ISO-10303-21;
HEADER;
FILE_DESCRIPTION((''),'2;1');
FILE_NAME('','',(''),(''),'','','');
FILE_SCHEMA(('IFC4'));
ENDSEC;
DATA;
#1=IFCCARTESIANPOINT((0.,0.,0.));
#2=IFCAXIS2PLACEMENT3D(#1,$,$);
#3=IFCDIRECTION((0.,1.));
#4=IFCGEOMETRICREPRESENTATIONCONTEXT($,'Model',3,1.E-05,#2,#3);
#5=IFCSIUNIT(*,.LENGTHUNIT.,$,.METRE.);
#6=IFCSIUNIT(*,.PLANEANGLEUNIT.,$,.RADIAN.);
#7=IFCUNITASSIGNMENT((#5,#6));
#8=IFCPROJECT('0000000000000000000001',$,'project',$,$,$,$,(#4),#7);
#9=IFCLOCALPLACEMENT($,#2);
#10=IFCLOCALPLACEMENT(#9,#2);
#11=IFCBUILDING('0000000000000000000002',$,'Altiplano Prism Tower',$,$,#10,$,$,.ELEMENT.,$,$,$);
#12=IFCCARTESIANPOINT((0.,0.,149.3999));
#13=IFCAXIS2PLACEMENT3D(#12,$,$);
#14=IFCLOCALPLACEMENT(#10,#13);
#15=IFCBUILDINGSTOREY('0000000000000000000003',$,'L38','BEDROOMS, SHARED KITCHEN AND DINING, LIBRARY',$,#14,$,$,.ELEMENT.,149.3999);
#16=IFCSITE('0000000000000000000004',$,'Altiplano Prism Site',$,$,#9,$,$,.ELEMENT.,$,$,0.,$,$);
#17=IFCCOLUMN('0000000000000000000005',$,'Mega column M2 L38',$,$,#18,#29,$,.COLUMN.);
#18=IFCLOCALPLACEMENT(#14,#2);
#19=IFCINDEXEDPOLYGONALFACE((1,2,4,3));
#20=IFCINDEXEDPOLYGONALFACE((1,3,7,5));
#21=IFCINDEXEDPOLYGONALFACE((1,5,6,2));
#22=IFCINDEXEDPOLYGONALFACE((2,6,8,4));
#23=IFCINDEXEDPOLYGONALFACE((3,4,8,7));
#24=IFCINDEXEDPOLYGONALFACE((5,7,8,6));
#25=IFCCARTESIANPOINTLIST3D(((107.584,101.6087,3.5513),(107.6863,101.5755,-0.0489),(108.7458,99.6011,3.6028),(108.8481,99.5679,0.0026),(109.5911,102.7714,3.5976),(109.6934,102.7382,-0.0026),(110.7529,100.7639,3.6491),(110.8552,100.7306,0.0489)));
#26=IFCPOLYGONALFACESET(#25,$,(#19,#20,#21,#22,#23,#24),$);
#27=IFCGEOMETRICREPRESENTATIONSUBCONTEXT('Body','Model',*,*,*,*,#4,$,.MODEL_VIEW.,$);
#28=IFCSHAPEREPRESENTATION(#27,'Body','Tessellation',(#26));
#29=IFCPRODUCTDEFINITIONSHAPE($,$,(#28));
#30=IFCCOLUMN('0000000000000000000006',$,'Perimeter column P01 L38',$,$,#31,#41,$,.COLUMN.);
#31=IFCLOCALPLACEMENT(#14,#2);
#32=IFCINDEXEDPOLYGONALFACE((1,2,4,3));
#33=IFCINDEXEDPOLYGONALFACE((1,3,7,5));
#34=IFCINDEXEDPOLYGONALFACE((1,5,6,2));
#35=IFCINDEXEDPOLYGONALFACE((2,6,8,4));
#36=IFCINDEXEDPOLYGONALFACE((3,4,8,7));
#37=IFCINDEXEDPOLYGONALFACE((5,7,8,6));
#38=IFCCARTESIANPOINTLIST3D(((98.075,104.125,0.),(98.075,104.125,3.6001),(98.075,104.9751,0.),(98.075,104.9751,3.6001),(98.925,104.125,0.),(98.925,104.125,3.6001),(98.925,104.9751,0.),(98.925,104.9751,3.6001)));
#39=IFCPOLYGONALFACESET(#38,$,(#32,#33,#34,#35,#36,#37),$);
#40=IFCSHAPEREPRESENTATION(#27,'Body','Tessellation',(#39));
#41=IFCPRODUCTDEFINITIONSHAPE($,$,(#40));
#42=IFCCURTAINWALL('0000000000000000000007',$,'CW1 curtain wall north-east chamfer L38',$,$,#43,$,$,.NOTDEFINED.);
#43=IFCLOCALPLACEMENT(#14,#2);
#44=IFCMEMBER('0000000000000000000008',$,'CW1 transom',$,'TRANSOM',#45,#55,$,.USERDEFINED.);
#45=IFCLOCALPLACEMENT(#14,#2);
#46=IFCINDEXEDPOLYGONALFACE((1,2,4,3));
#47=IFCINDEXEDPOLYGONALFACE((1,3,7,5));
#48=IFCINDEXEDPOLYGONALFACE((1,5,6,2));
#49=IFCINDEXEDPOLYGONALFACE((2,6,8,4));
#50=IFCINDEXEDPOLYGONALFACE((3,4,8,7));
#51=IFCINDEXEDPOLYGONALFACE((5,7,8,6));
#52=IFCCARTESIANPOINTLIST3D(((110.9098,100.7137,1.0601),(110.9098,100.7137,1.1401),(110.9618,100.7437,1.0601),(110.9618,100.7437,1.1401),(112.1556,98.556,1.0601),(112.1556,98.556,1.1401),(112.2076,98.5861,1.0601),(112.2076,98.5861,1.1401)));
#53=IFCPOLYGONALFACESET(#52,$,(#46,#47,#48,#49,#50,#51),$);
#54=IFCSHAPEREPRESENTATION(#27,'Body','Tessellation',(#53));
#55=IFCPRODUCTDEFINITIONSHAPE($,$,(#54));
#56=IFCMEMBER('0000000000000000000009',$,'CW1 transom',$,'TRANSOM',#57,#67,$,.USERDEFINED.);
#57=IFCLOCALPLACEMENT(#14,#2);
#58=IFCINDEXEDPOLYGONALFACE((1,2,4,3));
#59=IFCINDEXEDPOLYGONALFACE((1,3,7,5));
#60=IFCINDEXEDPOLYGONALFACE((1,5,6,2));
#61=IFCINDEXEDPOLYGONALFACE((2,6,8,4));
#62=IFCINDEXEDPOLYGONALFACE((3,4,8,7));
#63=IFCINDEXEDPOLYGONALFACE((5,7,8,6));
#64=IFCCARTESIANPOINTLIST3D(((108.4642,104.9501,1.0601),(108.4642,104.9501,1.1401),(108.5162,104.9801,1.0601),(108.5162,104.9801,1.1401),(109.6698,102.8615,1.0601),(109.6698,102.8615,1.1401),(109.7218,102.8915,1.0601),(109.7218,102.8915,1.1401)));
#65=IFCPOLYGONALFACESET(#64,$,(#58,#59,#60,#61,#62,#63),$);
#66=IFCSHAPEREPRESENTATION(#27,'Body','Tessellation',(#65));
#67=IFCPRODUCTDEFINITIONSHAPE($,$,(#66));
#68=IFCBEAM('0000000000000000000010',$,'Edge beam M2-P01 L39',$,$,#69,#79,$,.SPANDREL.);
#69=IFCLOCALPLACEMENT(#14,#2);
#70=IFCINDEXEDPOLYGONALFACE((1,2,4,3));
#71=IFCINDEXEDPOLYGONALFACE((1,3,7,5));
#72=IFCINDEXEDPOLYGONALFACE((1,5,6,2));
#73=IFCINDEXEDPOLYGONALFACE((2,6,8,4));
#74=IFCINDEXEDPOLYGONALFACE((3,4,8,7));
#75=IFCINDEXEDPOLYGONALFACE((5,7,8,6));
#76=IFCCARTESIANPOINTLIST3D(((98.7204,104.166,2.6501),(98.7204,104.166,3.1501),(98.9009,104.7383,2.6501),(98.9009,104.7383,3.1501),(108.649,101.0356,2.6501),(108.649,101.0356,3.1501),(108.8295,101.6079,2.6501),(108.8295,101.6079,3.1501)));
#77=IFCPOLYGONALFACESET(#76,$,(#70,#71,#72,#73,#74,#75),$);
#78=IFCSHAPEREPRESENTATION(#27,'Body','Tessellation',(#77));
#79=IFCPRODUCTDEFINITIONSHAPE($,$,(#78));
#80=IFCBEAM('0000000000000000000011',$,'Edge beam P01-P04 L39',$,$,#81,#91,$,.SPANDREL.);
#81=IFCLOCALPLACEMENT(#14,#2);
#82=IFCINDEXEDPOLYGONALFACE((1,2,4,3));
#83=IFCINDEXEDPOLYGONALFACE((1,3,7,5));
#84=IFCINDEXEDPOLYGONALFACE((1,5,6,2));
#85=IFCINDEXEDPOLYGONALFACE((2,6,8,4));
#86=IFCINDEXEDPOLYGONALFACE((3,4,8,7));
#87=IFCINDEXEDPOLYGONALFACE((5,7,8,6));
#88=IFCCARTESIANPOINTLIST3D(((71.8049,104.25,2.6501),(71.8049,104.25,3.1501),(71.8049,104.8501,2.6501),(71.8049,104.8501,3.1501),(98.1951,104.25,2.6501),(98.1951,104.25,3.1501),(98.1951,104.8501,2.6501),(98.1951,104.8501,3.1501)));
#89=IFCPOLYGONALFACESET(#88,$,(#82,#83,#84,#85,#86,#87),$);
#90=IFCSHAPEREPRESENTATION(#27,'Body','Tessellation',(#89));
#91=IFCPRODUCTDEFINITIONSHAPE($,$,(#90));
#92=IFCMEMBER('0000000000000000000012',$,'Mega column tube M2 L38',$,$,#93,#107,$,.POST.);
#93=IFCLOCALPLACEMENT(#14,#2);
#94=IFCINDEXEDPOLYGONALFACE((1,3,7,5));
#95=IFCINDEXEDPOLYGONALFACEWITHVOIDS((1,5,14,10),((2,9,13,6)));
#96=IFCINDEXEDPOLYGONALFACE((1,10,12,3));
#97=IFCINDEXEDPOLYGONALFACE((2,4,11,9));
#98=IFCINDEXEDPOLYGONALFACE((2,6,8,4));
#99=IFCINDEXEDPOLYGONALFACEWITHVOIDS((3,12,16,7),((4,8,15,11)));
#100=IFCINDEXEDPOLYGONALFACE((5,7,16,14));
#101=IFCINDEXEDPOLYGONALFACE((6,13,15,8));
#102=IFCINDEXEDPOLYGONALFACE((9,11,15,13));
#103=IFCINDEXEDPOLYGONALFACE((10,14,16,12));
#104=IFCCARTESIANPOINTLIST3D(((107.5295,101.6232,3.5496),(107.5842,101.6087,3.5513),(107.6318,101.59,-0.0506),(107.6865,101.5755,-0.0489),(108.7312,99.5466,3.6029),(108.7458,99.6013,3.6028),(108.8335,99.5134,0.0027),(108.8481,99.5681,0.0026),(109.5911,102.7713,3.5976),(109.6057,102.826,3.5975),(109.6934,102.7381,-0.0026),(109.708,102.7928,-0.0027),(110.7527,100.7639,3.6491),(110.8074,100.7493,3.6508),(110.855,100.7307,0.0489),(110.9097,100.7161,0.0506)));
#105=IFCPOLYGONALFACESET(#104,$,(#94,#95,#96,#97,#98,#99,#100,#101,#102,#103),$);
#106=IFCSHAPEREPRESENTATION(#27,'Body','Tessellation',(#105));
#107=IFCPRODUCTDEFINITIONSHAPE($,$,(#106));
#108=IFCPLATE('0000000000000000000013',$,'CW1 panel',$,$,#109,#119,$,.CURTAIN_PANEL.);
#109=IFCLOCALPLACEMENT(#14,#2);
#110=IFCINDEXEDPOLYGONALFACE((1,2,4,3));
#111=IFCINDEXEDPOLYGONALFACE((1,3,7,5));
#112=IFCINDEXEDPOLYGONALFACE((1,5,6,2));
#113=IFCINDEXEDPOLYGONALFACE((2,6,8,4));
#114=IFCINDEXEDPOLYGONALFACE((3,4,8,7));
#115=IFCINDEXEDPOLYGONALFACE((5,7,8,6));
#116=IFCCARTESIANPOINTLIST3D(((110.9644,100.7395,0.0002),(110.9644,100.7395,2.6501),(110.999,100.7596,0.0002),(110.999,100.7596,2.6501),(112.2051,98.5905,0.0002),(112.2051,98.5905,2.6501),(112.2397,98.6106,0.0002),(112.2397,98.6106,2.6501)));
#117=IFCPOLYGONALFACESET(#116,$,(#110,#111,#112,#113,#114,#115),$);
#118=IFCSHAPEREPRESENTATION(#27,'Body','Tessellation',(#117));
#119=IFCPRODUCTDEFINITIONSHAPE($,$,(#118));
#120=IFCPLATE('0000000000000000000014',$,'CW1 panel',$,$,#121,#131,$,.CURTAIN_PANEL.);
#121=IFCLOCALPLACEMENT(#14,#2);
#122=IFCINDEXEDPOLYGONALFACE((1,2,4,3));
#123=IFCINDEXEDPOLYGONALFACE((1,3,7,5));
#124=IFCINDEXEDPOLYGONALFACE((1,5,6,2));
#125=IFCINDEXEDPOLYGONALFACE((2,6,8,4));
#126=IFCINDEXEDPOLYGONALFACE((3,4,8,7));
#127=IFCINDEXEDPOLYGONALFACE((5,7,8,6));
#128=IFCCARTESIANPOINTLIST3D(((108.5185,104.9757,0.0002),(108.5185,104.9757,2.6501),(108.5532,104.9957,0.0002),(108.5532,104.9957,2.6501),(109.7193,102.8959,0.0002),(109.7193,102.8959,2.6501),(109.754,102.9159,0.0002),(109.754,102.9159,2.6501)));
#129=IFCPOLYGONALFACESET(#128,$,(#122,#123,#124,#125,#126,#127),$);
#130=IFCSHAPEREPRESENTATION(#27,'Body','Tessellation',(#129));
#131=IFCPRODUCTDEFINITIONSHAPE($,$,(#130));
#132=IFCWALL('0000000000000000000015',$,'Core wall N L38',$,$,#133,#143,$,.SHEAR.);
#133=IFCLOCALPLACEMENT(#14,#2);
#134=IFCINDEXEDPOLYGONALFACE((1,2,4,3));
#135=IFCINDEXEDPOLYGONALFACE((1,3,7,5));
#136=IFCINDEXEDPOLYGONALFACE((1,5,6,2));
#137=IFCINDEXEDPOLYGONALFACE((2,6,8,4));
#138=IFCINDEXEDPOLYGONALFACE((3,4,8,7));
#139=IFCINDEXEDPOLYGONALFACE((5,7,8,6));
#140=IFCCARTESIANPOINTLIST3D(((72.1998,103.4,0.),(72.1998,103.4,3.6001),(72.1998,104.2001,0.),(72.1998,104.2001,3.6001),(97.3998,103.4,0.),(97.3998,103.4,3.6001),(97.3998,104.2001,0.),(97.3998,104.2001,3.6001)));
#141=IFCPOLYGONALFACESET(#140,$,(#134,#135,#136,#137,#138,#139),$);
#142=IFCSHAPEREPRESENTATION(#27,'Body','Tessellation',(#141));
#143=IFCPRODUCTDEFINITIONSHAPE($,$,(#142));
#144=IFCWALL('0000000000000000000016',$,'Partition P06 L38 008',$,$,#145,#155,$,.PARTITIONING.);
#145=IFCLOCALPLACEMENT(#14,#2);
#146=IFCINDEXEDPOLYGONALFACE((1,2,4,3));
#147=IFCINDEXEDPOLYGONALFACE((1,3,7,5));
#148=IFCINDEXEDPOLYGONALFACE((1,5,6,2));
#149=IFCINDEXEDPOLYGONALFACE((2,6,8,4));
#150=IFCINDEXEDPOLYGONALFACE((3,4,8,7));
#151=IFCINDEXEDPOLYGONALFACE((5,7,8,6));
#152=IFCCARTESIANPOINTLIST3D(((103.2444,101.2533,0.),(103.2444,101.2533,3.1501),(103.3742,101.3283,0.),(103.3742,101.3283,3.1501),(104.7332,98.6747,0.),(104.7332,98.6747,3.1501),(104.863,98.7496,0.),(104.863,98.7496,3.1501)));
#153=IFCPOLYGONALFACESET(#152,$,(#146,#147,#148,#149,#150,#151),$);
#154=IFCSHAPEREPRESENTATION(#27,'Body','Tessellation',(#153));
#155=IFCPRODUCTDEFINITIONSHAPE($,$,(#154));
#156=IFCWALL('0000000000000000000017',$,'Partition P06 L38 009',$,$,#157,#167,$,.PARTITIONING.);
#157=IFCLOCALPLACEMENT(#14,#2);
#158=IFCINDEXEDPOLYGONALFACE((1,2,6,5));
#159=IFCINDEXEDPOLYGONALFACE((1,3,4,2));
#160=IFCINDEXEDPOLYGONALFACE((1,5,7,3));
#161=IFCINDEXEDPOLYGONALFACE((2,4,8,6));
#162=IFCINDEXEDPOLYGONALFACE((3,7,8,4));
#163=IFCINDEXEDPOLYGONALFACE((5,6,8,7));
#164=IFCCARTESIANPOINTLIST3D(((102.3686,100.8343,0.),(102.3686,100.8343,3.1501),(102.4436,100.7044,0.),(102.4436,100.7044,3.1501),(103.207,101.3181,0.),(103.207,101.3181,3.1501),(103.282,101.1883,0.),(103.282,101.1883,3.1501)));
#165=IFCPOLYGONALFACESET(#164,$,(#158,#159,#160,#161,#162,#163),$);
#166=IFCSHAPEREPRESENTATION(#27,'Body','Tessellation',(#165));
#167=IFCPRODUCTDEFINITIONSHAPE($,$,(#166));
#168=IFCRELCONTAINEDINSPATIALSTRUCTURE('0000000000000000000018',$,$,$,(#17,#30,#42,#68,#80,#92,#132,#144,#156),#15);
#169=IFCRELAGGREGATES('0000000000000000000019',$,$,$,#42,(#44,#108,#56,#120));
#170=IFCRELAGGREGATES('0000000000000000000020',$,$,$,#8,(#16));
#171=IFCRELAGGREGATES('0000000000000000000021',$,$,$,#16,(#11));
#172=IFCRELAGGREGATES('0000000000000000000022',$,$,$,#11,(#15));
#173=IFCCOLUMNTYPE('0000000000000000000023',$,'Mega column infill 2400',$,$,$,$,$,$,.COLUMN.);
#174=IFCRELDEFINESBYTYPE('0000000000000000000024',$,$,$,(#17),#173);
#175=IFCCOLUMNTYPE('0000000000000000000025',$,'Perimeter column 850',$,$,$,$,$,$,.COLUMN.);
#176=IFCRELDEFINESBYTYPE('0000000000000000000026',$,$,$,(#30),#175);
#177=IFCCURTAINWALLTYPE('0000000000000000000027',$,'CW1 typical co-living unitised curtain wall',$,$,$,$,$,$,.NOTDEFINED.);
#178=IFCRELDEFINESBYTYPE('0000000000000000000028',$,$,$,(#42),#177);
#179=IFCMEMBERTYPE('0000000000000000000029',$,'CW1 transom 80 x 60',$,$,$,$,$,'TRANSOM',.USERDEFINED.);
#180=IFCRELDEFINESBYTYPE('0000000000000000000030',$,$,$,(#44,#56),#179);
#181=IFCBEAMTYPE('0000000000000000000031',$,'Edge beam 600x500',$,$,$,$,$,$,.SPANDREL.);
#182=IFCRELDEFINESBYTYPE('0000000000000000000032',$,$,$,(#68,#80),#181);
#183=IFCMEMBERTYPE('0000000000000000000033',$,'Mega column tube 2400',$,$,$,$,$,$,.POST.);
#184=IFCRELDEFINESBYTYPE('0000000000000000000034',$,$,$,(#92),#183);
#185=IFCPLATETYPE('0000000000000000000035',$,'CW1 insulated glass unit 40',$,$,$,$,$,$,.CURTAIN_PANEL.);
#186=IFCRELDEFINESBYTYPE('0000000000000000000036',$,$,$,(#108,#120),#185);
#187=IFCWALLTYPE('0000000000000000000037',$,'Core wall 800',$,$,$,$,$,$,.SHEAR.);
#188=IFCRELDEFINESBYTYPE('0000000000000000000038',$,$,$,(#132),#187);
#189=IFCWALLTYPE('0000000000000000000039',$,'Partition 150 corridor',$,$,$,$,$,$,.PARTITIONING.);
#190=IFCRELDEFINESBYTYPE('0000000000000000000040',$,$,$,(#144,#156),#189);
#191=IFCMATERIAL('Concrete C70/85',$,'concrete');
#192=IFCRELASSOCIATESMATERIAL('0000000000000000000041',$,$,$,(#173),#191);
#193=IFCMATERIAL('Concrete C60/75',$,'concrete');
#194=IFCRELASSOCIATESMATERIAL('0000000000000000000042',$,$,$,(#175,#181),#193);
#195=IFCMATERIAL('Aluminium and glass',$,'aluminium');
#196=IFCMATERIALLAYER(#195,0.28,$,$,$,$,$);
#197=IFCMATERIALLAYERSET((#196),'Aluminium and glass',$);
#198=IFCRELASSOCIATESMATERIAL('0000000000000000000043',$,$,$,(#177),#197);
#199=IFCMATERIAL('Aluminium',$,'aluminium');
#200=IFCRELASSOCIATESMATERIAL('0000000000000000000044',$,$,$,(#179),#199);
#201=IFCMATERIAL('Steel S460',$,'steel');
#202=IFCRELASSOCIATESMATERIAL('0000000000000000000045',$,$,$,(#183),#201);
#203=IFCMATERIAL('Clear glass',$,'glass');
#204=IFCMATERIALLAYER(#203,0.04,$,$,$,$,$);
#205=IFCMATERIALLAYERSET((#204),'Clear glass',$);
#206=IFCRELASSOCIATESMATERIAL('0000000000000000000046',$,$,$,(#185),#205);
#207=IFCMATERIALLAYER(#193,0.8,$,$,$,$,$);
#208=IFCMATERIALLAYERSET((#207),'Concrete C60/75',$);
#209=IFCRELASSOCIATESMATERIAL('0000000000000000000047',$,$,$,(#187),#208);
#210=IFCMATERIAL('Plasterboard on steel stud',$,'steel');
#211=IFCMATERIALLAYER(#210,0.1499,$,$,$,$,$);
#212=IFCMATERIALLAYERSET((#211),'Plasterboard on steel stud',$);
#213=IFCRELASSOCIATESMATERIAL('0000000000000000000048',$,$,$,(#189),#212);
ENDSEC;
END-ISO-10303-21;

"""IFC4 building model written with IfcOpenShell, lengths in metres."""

from ifc_helpers import new_model, si_unit, direction, frame, frame_2d, origin, origin_2d, place, context, subcontext, project, spatial, rectangle, hollow_rectangle, extrude, material, layer, layer_set, material_profile, profile_set, type_object, element, aggregate, save


model = new_model("IFC4")

# Units and contexts
model_context = context("Model", 3, precision=1e-05, world=origin(), true_north=direction((0.0, 1.0)))
body_context = subcontext(model_context, "Body", "Model", "MODEL_VIEW")
ifc_project = project(units=[si_unit("LENGTHUNIT", "METRE"), si_unit("PLANEANGLEUNIT", "RADIAN")], contexts=[model_context])

# Site, building, storey
site_placement = place(None, origin())
site = spatial("IfcSite", under=ifc_project, at=site_placement, Name="Altiplano Prism Site", CompositionType="ELEMENT", RefElevation=0.0)
building_placement = place(site_placement, origin())
building = spatial("IfcBuilding", under=site, at=building_placement, Name="Altiplano Prism Tower", CompositionType="ELEMENT")
storey_placement = place(building_placement, frame((0.0, 0.0, 149.3999)))
storey = spatial("IfcBuildingStorey", under=building, at=storey_placement, Name="L38", Description="BEDROOMS, SHARED KITCHEN AND DINING, LIBRARY", CompositionType="ELEMENT", Elevation=149.3999)

# Columns
ifc_material_1 = material(Name="Concrete C70/85", Category="concrete")
ifc_material_profile_1 = material_profile(ifc_material_1, rectangle(XDim=2.3201, YDim=2.3201, at=origin_2d()), Name="Mega column infill 2400")
ifc_profile_set_1 = profile_set([ifc_material_profile_1], Name="Concrete C70/85")
column_type_1 = type_object("IfcColumnType", Name="Mega column infill 2400", PredefinedType="COLUMN", material=ifc_profile_set_1)
column_1_placement = place(storey_placement, frame((109.2708, 101.1531, 0.0), z_axis=(-0.028402, 0.009219, 0.999554), x_axis=(0.50075, -0.865307, 0.022209)))
element("IfcColumn", 1, at=column_1_placement, inside=storey, type_object=column_type_1, Name="Mega column M2 L38", PredefinedType="COLUMN", context=body_context, shape_type="SweptSolid", body=[
    extrude(rectangle(XDim=2.3201, YDim=2.3201, at=origin_2d()), origin(), (0.0, 0.0, 1.0), 3.6018),
])
ifc_material_2 = material(Name="Concrete C60/75", Category="concrete")
ifc_material_profile_2 = material_profile(ifc_material_2, rectangle(XDim=0.8501, YDim=0.8501, at=origin_2d()), Name="Perimeter column 850")
ifc_profile_set_2 = profile_set([ifc_material_profile_2], Name="Concrete C60/75")
column_type_2 = type_object("IfcColumnType", Name="Perimeter column 850", PredefinedType="COLUMN", material=ifc_profile_set_2)
column_2_placement = place(storey_placement, frame((98.5, 104.55, 0.0), z_axis=(0.0, 0.0, 1.0), x_axis=(1.0, 0.0, 0.0)))
element("IfcColumn", 2, at=column_2_placement, inside=storey, type_object=column_type_2, Name="Perimeter column P01 L38", PredefinedType="COLUMN", context=body_context, shape_type="SweptSolid", body=[
    extrude(rectangle(XDim=0.8501, YDim=0.8501, at=origin_2d()), origin(), (0.0, 0.0, 1.0), 3.6001),
])

# Curtain wall, members
ifc_material_3 = material(Name="Aluminium and glass", Category="aluminium")
ifc_layer_1 = layer(ifc_material_3, 0.28)
ifc_layer_set_1 = layer_set([ifc_layer_1], Name="Aluminium and glass")
curtain_wall_type = type_object("IfcCurtainWallType", Name="CW1 typical co-living unitised curtain wall", PredefinedType="NOTDEFINED", material=ifc_layer_set_1)
curtain_wall_placement = place(storey_placement, origin())
curtain_wall = element("IfcCurtainWall", 3, at=curtain_wall_placement, inside=storey, type_object=curtain_wall_type, Name="CW1 curtain wall north-east chamfer L38", PredefinedType="NOTDEFINED")
ifc_material_4 = material(Name="Aluminium", Category="aluminium")
ifc_material_profile_3 = material_profile(ifc_material_4, rectangle(XDim=0.0601, YDim=0.0801, at=origin_2d()), Name="CW1 transom 80 x 60")
ifc_profile_set_3 = profile_set([ifc_material_profile_3], Name="Aluminium")
member_type_1 = type_object("IfcMemberType", Name="CW1 transom 80 x 60", ElementType="TRANSOM", PredefinedType="USERDEFINED", material=ifc_profile_set_3)
member_1_placement = place(storey_placement, frame((112.1816, 98.571, 1.1001), z_axis=(-0.500028, 0.866009, 0.0), x_axis=(-0.866009, -0.500028, 0.0)))
member_1 = element("IfcMember", 4, at=member_1_placement, type_object=member_type_1, Name="CW1 transom", ObjectType="TRANSOM", PredefinedType="USERDEFINED", context=body_context, shape_type="SweptSolid", body=[
    extrude(rectangle(XDim=0.0601, YDim=0.0801, at=origin_2d()), origin(), (0.0, 0.0, 1.0), 2.4915),
])
member_2_placement = place(storey_placement, frame((109.6958, 102.8765, 1.1001), z_axis=(-0.499906, 0.866079, 0.0), x_axis=(-0.866079, -0.499906, 0.0)))
member_2 = element("IfcMember", 5, at=member_2_placement, type_object=member_type_1, Name="CW1 transom", ObjectType="TRANSOM", PredefinedType="USERDEFINED", context=body_context, shape_type="SweptSolid", body=[
    extrude(rectangle(XDim=0.0601, YDim=0.0801, at=origin_2d()), origin(), (0.0, 0.0, 1.0), 2.4116),
])

# Beams
ifc_material_profile_4 = material_profile(ifc_material_2, rectangle(XDim=0.6001, YDim=0.5, at=origin_2d()), Name="Edge beam 600x500")
ifc_profile_set_4 = profile_set([ifc_material_profile_4], Name="Concrete C60/75")
beam_type = type_object("IfcBeamType", Name="Edge beam 600x500", PredefinedType="SPANDREL", material=ifc_profile_set_4)
beam_1_placement = place(storey_placement, frame((108.7393, 101.3218, 2.9001), z_axis=(-0.953721, 0.300694, 0.0), x_axis=(-0.300694, -0.953721, 0.0)))
element("IfcBeam", 6, at=beam_1_placement, inside=storey, type_object=beam_type, Name="Edge beam M2-P01 L39", PredefinedType="SPANDREL", context=body_context, shape_type="SweptSolid", body=[
    extrude(rectangle(XDim=0.6001, YDim=0.5, at=origin_2d()), origin(), (0.0, 0.0, 1.0), 10.4104),
])
beam_2_placement = place(storey_placement, frame((98.1951, 104.55, 2.9001), z_axis=(-1.0, 0.0, 0.0), x_axis=(0.0, -1.0, 0.0)))
element("IfcBeam", 7, at=beam_2_placement, inside=storey, type_object=beam_type, Name="Edge beam P01-P04 L39", PredefinedType="SPANDREL", context=body_context, shape_type="SweptSolid", body=[
    extrude(rectangle(XDim=0.6001, YDim=0.5, at=origin_2d()), origin(), (0.0, 0.0, 1.0), 26.3901),
])

# Member
ifc_material_5 = material(Name="Steel S460", Category="steel")
ifc_material_profile_5 = material_profile(ifc_material_5, hollow_rectangle(XDim=2.3999, YDim=2.3999, WallThickness=0.04, at=origin_2d()), Name="Mega column tube 2400")
ifc_profile_set_5 = profile_set([ifc_material_profile_5], Name="Steel S460")
member_type_2 = type_object("IfcMemberType", Name="Mega column tube 2400", PredefinedType="POST", material=ifc_profile_set_5)
member_3_placement = place(storey_placement, frame((109.2708, 101.1531, 0.0), z_axis=(-0.028402, 0.009219, 0.999554), x_axis=(0.50075, -0.865307, 0.022209)))
element("IfcMember", 8, at=member_3_placement, inside=storey, type_object=member_type_2, Name="Mega column tube M2 L38", PredefinedType="POST", context=body_context, shape_type="SweptSolid", body=[
    extrude(hollow_rectangle(XDim=2.3999, YDim=2.3999, WallThickness=0.04, at=origin_2d()), origin(), (0.0, 0.0, 1.0), 3.6018),
])

# Plates
ifc_material_6 = material(Name="Clear glass", Category="glass")
ifc_layer_2 = layer(ifc_material_6, 0.04)
ifc_layer_set_2 = layer_set([ifc_layer_2], Name="Clear glass")
plate_type = type_object("IfcPlateType", Name="CW1 insulated glass unit 40", PredefinedType="CURTAIN_PANEL", material=ifc_layer_set_2)
plate_1_placement = place(storey_placement, frame((111.6021, 99.675, 0.0002), z_axis=(0.0, 0.0, 1.0), x_axis=(-0.5, 0.866025, 0.0)))
plate_1 = element("IfcPlate", 9, at=plate_1_placement, type_object=plate_type, Name="CW1 panel", PredefinedType="CURTAIN_PANEL", context=body_context, shape_type="SweptSolid", body=[
    extrude(rectangle(XDim=2.4814, YDim=0.04, at=origin_2d()), origin(), (0.0, 0.0, 1.0), 2.6499),
])
plate_2_placement = place(storey_placement, frame((109.1362, 103.9458, 0.0002), z_axis=(0.0, 0.0, 1.0), x_axis=(-0.5, 0.866025, 0.0)))
plate_2 = element("IfcPlate", 10, at=plate_2_placement, type_object=plate_type, Name="CW1 panel", PredefinedType="CURTAIN_PANEL", context=body_context, shape_type="SweptSolid", body=[
    extrude(rectangle(XDim=2.4016, YDim=0.04, at=origin_2d()), origin(), (0.0, 0.0, 1.0), 2.6499),
])
aggregate(curtain_wall, [member_1, plate_1, member_2, plate_2])

# Walls
ifc_layer_3 = layer(ifc_material_2, 0.8)
ifc_layer_set_3 = layer_set([ifc_layer_3], Name="Concrete C60/75")
wall_type_1 = type_object("IfcWallType", Name="Core wall 800", PredefinedType="SHEAR", material=ifc_layer_set_3)
wall_1_placement = place(storey_placement, frame((97.3999, 103.8, 0.0), z_axis=(0.0, 0.0, 1.0), x_axis=(-1.0, 0.0, 0.0)))
element("IfcWall", 11, at=wall_1_placement, inside=storey, type_object=wall_type_1, Name="Core wall N L38", PredefinedType="SHEAR", context=body_context, shape_type="SweptSolid", body=[
    extrude(rectangle(XDim=25.2, YDim=0.8, at=frame_2d((12.6001, 0.0))), origin(), (0.0, 0.0, 1.0), 3.6001),
])
ifc_material_7 = material(Name="Plasterboard on steel stud", Category="steel")
ifc_layer_4 = layer(ifc_material_7, 0.1499)
ifc_layer_set_4 = layer_set([ifc_layer_4], Name="Plasterboard on steel stud")
wall_type_2 = type_object("IfcWallType", Name="Partition 150 corridor", PredefinedType="PARTITIONING", material=ifc_layer_set_4)
wall_2_placement = place(storey_placement, frame((104.7981, 98.7122, 0.0), z_axis=(0.0, 0.0, 1.0), x_axis=(-0.500002, 0.866024, 0.0)))
element("IfcWall", 12, at=wall_2_placement, inside=storey, type_object=wall_type_2, Name="Partition P06 L38 008", PredefinedType="PARTITIONING", context=body_context, shape_type="SweptSolid", body=[
    extrude(rectangle(XDim=2.9775, YDim=0.1499, at=frame_2d((1.4888, 0.0))), origin(), (0.0, 0.0, 1.0), 3.1501),
])
wall_3_placement = place(storey_placement, frame((103.2444, 101.2532, 0.0), z_axis=(0.0, 0.0, 1.0), x_axis=(-0.866093, -0.499883, 0.0)))
element("IfcWall", 13, at=wall_3_placement, inside=storey, type_object=wall_type_2, Name="Partition P06 L38 009", PredefinedType="PARTITIONING", context=body_context, shape_type="SweptSolid", body=[
    extrude(rectangle(XDim=0.968, YDim=0.1499, at=frame_2d((0.4839, 0.0))), origin(), (0.0, 0.0, 1.0), 3.1501),
])

save(model, "model.ifc")
